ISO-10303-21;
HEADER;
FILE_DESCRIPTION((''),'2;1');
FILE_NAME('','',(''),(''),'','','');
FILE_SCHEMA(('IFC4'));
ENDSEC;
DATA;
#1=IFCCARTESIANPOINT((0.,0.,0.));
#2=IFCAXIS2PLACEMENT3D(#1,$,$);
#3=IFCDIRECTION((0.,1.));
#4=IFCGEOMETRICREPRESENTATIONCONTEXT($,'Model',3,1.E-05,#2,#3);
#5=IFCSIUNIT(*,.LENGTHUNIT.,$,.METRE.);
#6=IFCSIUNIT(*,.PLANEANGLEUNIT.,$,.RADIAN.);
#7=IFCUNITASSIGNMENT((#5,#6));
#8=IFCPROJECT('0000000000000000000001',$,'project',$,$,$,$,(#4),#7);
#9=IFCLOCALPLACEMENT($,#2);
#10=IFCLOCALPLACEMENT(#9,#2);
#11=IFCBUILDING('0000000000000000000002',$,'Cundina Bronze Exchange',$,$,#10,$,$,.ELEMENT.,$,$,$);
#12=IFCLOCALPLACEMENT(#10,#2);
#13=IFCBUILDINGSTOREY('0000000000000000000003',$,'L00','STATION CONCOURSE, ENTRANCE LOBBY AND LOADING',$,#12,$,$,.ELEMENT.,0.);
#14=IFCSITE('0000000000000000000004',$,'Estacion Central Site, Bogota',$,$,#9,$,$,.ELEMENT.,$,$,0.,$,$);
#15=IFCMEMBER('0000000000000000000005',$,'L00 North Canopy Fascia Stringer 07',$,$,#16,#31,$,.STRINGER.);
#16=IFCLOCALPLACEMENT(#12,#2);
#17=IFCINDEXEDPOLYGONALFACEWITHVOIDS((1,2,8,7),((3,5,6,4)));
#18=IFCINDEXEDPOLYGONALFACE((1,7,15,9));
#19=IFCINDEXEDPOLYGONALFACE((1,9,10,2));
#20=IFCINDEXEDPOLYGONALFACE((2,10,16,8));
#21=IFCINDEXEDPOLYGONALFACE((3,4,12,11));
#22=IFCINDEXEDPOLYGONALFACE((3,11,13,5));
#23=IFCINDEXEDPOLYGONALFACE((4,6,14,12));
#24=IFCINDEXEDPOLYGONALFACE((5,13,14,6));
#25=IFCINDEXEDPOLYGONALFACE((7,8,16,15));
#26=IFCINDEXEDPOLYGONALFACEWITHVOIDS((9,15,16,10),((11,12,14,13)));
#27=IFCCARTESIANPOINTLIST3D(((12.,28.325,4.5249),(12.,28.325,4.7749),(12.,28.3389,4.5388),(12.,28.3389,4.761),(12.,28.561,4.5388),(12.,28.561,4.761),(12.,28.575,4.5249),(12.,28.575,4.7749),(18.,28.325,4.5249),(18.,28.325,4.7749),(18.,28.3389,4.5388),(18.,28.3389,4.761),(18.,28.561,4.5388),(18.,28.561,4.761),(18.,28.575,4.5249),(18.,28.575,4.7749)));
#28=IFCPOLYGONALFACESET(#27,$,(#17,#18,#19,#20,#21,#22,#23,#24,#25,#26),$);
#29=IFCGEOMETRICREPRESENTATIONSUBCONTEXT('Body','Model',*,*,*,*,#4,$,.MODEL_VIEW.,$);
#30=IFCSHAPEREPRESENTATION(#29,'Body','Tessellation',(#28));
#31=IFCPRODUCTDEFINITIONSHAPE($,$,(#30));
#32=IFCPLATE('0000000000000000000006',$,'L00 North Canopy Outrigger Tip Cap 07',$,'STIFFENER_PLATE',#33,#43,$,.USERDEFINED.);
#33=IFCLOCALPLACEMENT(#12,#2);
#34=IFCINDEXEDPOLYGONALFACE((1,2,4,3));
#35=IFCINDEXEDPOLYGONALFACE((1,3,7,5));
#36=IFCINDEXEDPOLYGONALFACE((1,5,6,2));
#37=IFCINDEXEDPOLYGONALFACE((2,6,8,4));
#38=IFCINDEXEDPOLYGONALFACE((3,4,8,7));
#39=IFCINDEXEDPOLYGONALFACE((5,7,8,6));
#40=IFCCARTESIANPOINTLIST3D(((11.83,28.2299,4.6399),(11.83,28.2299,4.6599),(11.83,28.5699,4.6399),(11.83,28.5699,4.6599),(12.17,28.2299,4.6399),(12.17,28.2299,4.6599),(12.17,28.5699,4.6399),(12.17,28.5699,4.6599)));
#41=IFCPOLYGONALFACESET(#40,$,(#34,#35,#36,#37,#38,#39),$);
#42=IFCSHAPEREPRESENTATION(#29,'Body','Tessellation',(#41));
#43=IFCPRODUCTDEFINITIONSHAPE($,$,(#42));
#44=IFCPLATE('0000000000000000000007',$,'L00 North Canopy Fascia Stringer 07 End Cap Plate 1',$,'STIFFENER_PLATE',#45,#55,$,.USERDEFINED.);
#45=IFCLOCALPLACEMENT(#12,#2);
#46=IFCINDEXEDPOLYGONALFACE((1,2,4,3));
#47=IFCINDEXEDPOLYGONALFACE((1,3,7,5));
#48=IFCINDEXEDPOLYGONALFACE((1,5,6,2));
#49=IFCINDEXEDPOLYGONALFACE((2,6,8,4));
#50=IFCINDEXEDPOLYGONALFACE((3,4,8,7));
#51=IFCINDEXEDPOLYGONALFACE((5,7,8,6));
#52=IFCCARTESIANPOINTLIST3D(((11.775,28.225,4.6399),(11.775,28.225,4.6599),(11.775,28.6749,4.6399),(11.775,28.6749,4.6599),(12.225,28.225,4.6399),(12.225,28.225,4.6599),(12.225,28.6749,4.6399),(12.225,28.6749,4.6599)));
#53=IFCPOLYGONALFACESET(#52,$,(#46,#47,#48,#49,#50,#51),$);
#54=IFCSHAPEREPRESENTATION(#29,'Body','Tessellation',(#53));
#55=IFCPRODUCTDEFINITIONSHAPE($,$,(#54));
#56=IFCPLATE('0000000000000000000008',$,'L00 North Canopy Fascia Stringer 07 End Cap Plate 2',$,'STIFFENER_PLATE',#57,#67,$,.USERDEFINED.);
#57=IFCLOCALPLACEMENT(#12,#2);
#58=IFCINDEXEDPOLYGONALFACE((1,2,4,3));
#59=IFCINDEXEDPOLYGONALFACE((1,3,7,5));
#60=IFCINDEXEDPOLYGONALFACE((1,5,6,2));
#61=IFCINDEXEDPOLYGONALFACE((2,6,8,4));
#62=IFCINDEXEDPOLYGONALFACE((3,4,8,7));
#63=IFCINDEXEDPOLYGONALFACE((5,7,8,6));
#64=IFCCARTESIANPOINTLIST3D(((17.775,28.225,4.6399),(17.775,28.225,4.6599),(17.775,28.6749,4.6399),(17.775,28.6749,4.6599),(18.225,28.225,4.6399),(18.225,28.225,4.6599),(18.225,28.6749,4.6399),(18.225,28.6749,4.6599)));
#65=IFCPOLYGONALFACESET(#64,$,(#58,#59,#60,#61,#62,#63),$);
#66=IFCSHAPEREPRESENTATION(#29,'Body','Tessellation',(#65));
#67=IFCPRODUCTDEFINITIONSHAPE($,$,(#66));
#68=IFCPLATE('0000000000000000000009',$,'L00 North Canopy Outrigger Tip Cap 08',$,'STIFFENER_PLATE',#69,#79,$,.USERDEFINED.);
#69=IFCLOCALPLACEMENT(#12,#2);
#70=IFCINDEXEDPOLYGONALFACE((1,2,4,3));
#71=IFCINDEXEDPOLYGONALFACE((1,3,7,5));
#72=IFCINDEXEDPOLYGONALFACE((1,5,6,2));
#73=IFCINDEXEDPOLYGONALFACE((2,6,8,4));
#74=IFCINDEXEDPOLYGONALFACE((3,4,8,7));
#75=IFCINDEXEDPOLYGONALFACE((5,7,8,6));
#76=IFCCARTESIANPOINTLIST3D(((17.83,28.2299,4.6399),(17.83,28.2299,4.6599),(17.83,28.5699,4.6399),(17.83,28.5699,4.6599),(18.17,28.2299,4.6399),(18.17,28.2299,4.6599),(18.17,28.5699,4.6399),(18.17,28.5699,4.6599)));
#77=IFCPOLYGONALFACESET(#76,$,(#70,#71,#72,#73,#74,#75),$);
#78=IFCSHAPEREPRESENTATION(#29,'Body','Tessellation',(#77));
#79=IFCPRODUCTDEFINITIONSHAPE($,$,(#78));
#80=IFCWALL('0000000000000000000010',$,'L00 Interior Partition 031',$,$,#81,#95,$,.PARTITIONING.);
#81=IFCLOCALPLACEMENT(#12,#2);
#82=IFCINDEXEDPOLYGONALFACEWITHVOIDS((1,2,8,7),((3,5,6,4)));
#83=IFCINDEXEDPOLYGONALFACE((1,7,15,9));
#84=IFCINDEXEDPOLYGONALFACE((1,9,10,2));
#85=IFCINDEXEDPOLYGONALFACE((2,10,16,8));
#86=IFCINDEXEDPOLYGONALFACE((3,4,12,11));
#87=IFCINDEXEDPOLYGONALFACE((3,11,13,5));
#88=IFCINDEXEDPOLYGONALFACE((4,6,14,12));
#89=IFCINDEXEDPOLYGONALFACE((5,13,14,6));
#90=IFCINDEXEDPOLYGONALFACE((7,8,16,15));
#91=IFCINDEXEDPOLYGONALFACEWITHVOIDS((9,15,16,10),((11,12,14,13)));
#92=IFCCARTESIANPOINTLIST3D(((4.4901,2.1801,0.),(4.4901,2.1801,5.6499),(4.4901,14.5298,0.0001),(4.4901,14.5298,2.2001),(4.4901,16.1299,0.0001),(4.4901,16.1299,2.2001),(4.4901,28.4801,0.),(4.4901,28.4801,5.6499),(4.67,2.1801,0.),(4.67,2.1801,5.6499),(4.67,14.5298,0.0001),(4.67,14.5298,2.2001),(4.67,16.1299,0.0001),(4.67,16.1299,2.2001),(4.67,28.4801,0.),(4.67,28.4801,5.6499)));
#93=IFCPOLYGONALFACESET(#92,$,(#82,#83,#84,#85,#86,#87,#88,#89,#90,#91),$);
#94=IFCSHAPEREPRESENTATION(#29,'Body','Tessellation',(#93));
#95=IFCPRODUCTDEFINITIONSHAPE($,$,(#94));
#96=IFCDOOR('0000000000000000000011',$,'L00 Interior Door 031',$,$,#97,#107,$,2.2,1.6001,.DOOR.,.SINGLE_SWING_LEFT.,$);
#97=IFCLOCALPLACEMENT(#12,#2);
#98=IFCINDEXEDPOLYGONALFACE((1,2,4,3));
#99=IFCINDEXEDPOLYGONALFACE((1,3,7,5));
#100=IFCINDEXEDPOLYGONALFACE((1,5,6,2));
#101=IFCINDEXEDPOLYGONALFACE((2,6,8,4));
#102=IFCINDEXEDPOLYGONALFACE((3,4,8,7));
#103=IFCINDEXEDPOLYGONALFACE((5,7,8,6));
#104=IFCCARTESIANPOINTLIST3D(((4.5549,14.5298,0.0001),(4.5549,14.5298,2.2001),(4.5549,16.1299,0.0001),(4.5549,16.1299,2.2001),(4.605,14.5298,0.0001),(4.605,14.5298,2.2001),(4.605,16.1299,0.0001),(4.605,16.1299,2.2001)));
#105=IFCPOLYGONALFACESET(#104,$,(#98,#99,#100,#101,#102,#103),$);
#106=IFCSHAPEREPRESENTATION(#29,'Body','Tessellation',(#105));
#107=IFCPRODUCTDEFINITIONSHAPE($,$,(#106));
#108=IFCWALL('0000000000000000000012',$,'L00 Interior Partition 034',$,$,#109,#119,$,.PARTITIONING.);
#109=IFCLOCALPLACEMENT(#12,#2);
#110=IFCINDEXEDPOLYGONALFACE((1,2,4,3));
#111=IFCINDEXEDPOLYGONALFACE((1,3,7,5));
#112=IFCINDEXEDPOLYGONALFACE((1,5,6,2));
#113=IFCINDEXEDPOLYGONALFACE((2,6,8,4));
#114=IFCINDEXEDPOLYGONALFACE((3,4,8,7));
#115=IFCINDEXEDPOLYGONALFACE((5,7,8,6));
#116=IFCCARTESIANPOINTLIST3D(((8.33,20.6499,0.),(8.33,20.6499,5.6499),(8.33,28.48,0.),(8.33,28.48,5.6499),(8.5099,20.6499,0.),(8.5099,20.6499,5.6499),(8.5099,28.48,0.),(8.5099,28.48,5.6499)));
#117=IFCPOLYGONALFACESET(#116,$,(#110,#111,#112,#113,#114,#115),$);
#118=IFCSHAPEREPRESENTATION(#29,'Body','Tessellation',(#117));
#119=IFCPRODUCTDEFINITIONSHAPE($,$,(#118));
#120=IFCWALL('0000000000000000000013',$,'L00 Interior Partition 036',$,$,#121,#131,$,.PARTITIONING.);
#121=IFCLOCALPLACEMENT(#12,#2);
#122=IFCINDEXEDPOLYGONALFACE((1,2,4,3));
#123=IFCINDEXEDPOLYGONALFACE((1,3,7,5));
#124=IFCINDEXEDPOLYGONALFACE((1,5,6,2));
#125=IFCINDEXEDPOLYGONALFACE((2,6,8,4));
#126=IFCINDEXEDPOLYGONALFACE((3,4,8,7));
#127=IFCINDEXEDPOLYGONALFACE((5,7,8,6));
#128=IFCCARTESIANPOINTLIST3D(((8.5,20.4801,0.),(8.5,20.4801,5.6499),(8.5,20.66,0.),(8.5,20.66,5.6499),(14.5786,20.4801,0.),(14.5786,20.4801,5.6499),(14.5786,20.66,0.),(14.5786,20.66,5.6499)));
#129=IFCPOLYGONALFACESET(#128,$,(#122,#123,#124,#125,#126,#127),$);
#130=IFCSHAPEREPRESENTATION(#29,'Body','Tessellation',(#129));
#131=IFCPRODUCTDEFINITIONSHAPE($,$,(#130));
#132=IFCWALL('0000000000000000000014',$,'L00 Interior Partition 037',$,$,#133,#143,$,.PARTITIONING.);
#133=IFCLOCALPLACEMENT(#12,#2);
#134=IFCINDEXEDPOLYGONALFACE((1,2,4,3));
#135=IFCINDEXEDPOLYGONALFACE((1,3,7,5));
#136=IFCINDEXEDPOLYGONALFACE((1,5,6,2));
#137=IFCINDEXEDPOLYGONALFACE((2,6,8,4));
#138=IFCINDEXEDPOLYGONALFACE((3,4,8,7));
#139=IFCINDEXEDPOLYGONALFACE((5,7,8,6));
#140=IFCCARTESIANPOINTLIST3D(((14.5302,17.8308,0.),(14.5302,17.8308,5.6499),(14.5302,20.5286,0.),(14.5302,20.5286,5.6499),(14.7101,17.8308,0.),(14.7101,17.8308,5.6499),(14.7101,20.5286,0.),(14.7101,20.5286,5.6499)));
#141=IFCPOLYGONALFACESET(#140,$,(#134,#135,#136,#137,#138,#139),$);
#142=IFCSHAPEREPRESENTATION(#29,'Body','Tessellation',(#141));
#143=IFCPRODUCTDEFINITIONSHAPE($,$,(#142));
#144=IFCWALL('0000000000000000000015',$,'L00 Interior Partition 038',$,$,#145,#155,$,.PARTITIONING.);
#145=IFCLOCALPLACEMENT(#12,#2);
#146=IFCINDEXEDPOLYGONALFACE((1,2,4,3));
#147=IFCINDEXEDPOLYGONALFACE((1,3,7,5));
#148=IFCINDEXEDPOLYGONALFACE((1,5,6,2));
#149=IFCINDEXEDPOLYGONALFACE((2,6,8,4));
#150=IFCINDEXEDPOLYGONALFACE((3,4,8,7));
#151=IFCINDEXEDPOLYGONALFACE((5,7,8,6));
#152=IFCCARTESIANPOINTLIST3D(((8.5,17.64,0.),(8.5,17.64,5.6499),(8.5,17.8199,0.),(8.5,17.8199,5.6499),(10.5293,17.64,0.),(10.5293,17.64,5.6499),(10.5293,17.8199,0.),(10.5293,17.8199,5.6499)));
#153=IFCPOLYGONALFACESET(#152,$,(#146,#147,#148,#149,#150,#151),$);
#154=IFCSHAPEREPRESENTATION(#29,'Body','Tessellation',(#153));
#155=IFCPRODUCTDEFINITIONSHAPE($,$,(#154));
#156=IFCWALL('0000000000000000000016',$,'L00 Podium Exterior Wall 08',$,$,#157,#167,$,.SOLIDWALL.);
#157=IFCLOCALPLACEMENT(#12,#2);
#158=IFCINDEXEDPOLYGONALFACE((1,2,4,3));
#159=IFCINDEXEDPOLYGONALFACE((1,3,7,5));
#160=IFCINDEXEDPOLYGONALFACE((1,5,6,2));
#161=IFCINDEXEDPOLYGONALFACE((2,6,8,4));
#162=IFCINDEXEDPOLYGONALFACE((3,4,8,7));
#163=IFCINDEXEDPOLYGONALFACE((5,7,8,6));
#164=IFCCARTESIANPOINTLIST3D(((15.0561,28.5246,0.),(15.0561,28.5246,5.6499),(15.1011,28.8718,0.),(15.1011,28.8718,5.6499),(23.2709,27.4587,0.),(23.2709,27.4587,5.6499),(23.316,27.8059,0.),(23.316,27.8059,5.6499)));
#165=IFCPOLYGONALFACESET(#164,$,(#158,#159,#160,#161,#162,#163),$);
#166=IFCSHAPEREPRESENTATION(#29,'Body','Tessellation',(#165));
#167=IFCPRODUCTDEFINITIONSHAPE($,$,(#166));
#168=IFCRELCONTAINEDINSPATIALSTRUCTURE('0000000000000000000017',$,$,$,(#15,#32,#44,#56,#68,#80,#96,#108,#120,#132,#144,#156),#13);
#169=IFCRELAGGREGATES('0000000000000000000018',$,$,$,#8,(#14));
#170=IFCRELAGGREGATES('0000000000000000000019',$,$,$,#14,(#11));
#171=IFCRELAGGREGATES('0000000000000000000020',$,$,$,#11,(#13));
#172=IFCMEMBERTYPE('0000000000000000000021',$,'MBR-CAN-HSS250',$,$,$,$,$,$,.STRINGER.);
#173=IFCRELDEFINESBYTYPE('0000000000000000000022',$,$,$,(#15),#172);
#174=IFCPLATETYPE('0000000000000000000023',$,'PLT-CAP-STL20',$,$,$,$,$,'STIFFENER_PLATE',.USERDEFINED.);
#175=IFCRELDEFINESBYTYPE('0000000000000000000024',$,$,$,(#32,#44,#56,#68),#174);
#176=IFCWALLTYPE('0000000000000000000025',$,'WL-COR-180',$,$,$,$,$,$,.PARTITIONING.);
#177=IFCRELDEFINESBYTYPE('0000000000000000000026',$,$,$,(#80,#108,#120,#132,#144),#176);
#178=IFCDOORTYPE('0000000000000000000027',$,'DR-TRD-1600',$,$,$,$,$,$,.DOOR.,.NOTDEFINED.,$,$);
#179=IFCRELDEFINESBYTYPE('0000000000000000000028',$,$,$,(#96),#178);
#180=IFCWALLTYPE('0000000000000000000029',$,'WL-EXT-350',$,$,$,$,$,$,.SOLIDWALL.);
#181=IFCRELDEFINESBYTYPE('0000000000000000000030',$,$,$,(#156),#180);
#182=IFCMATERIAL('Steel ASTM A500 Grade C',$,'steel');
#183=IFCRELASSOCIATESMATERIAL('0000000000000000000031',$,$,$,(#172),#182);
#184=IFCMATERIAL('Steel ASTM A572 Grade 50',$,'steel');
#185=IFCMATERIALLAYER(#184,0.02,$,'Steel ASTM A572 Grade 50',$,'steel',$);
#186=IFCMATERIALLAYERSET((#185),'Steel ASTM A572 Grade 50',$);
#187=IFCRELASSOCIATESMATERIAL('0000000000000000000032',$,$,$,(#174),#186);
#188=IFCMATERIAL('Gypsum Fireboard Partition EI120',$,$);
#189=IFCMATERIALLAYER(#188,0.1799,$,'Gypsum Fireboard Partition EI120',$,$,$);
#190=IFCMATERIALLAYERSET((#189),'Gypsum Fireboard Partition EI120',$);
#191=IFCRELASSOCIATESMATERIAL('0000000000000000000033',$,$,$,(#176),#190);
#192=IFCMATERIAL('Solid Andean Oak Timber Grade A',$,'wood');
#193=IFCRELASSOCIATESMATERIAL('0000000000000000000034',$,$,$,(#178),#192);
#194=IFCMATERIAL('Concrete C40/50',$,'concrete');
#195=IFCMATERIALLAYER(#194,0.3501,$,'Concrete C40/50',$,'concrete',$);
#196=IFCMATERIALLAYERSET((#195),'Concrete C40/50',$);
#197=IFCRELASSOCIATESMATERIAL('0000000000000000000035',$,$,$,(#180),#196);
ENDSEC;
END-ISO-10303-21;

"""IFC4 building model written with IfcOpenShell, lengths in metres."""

from ifc_helpers import new_model, si_unit, direction, frame, frame_2d, origin, origin_2d, place, context, subcontext, project, spatial, rectangle, hollow_rectangle, extrude, material, layer, layer_set, material_profile, profile_set, type_object, element, fill, save


model = new_model("IFC4")

# Units and contexts
model_context = context("Model", 3, precision=1e-05, world=origin(), true_north=direction((0.0, 1.0)))
body_context = subcontext(model_context, "Body", "Model", "MODEL_VIEW")
ifc_project = project(units=[si_unit("LENGTHUNIT", "METRE"), si_unit("PLANEANGLEUNIT", "RADIAN")], contexts=[model_context])

# Site, building, storey
site_placement = place(None, origin())
site = spatial("IfcSite", under=ifc_project, at=site_placement, Name="Estacion Central Site, Bogota", CompositionType="ELEMENT", RefElevation=0.0)
building_placement = place(site_placement, origin())
building = spatial("IfcBuilding", under=site, at=building_placement, Name="Cundina Bronze Exchange", CompositionType="ELEMENT")
storey_placement = place(building_placement, origin())
storey = spatial("IfcBuildingStorey", under=building, at=storey_placement, Name="L00", Description="STATION CONCOURSE, ENTRANCE LOBBY AND LOADING", CompositionType="ELEMENT", Elevation=0.0)

# Shared definitions
ifc_material_1 = material(Name="Steel ASTM A500 Grade C", Category="steel")
ifc_material_2 = material(Name="Concrete C40/50", Category="concrete")

# Member
ifc_material_profile_1 = material_profile(ifc_material_1, hollow_rectangle(XDim=0.25, YDim=0.25, WallThickness=0.0139, at=origin_2d()), Name="HSS250X250X14", Category="steel")
ifc_profile_set_1 = profile_set([ifc_material_profile_1], Name="Steel ASTM A500 Grade C")
member_type = type_object("IfcMemberType", Name="MBR-CAN-HSS250", PredefinedType="STRINGER", material=ifc_profile_set_1)
member_placement = place(storey_placement, frame((12.0, 28.45, 4.6499), z_axis=(1.0, 0.0, 0.0), x_axis=(0.0, 1.0, 0.0)))
element("IfcMember", 1, at=member_placement, inside=storey, type_object=member_type, Name="L00 North Canopy Fascia Stringer 07", PredefinedType="STRINGER", context=body_context, shape_type="SweptSolid", body=[
    extrude(hollow_rectangle(XDim=0.25, YDim=0.25, WallThickness=0.0139, at=origin_2d()), origin(), (0.0, 0.0, 1.0), 6.0),
])

# Plates
ifc_material_3 = material(Name="Steel ASTM A572 Grade 50", Category="steel")
ifc_layer_1 = layer(ifc_material_3, 0.02, Name="Steel ASTM A572 Grade 50", Category="steel")
ifc_layer_set_1 = layer_set([ifc_layer_1], Name="Steel ASTM A572 Grade 50")
plate_type = type_object("IfcPlateType", Name="PLT-CAP-STL20", ElementType="STIFFENER_PLATE", PredefinedType="USERDEFINED", material=ifc_layer_set_1)
plate_1_placement = place(storey_placement, frame((12.0, 28.3999, 4.6399), z_axis=(0.0, 0.0, 1.0), x_axis=(1.0, 0.0, 0.0)))
element("IfcPlate", 2, at=plate_1_placement, inside=storey, type_object=plate_type, Name="L00 North Canopy Outrigger Tip Cap 07", ObjectType="STIFFENER_PLATE", PredefinedType="USERDEFINED", context=body_context, shape_type="SweptSolid", body=[
    extrude(rectangle(XDim=0.3401, YDim=0.3401, at=origin_2d()), origin(), (0.0, 0.0, 1.0), 0.02),
])
for number, where, z_axis, x_axis, name in (
    (3, (12.0, 28.45, 4.6399), (0.0, 0.0, 1.0), (1.0, 0.0, 0.0), "L00 North Canopy Fascia Stringer 07 End Cap Plate 1"),
    (4, (18.0, 28.45, 4.6399), (0.0, 0.0, 1.0), (1.0, 0.0, 0.0), "L00 North Canopy Fascia Stringer 07 End Cap Plate 2"),
):
    element("IfcPlate", number, at=place(storey_placement, frame(where, z_axis=z_axis, x_axis=x_axis)), inside=storey, type_object=plate_type, Name=name, ObjectType="STIFFENER_PLATE", PredefinedType="USERDEFINED", context=body_context, shape_type="SweptSolid", body=[
        extrude(rectangle(XDim=0.45, YDim=0.45, at=origin_2d()), origin(), (0.0, 0.0, 1.0), 0.02),
    ])
plate_2_placement = place(storey_placement, frame((18.0, 28.3999, 4.6399), z_axis=(0.0, 0.0, 1.0), x_axis=(1.0, 0.0, 0.0)))
element("IfcPlate", 5, at=plate_2_placement, inside=storey, type_object=plate_type, Name="L00 North Canopy Outrigger Tip Cap 08", ObjectType="STIFFENER_PLATE", PredefinedType="USERDEFINED", context=body_context, shape_type="SweptSolid", body=[
    extrude(rectangle(XDim=0.3401, YDim=0.3401, at=origin_2d()), origin(), (0.0, 0.0, 1.0), 0.02),
])

# Wall, opening, door
ifc_material_4 = material(Name="Gypsum Fireboard Partition EI120")
ifc_layer_2 = layer(ifc_material_4, 0.1799, Name="Gypsum Fireboard Partition EI120")
ifc_layer_set_2 = layer_set([ifc_layer_2], Name="Gypsum Fireboard Partition EI120")
wall_type_1 = type_object("IfcWallType", Name="WL-COR-180", PredefinedType="PARTITIONING", material=ifc_layer_set_2)
wall_1_placement = place(storey_placement, frame((4.5801, 28.48, 0.0), z_axis=(0.0, 0.0, 1.0), x_axis=(0.0, -1.0, 0.0)))
wall_1 = element("IfcWall", 6, at=wall_1_placement, inside=storey, type_object=wall_type_1, Name="L00 Interior Partition 031", PredefinedType="PARTITIONING", context=body_context, shape_type="SweptSolid", body=[
    extrude(rectangle(XDim=26.3, YDim=0.1799, at=frame_2d((13.1499, 0.0))), origin(), (0.0, 0.0, 1.0), 5.6499),
])
opening_1_placement = place(wall_1_placement, frame((12.3501, 0.0, 0.0)))
opening_1 = element("IfcOpeningElement", 7, at=opening_1_placement, cuts=wall_1, PredefinedType="OPENING", context=body_context, shape_type="SweptSolid", body=[
    extrude(rectangle(XDim=1.6001, YDim=2.2, at=frame_2d((0.8, 1.1001))), frame((0.0, 0.0999, 0.0), z_axis=(0.0, -1.0, 0.0), x_axis=(1.0, 0.0, 0.0)), (0.0, 0.0, 1.0), 0.2),
])
ifc_material_5 = material(Name="Solid Andean Oak Timber Grade A", Category="wood")
door_type_1 = type_object("IfcDoorType", Name="DR-TRD-1600", OperationType="NOTDEFINED", PredefinedType="DOOR", material=ifc_material_5)
door_1_placement = place(opening_1_placement, origin())
door_1 = element("IfcDoor", 8, at=door_1_placement, inside=storey, type_object=door_type_1, Name="L00 Interior Door 031", OperationType="SINGLE_SWING_LEFT", OverallHeight=2.2, OverallWidth=1.6001, PredefinedType="DOOR", context=body_context, shape_type="SweptSolid", body=[
    extrude(rectangle(XDim=1.6001, YDim=2.2, at=frame_2d((0.8, 1.1001))), frame((0.0, 0.0249, 0.0), z_axis=(0.0, -1.0, 0.0), x_axis=(1.0, 0.0, 0.0)), (0.0, 0.0, 1.0), 0.05),
])
fill(opening_1, door_1)

# Walls
wall_2_placement = place(storey_placement, frame((8.4199, 20.6499, 0.0), z_axis=(0.0, 0.0, 1.0), x_axis=(0.0, 1.0, 0.0)))
element("IfcWall", 9, at=wall_2_placement, inside=storey, type_object=wall_type_1, Name="L00 Interior Partition 034", PredefinedType="PARTITIONING", context=body_context, shape_type="SweptSolid", body=[
    extrude(rectangle(XDim=7.8301, YDim=0.1799, at=frame_2d((3.915, 0.0))), origin(), (0.0, 0.0, 1.0), 5.6499),
])
wall_3_placement = place(storey_placement, frame((14.5786, 20.5701, 0.0), z_axis=(0.0, 0.0, 1.0), x_axis=(-1.0, 0.0, 0.0)))
element("IfcWall", 10, at=wall_3_placement, inside=storey, type_object=wall_type_1, Name="L00 Interior Partition 036", PredefinedType="PARTITIONING", context=body_context, shape_type="SweptSolid", body=[
    extrude(rectangle(XDim=6.0786, YDim=0.1799, at=frame_2d((3.0393, 0.0))), origin(), (0.0, 0.0, 1.0), 5.6499),
])
wall_4_placement = place(storey_placement, frame((14.6201, 17.8308, 0.0), z_axis=(0.0, 0.0, 1.0), x_axis=(0.0, 1.0, 0.0)))
element("IfcWall", 11, at=wall_4_placement, inside=storey, type_object=wall_type_1, Name="L00 Interior Partition 037", PredefinedType="PARTITIONING", context=body_context, shape_type="SweptSolid", body=[
    extrude(rectangle(XDim=2.6978, YDim=0.1799, at=frame_2d((1.3489, 0.0))), origin(), (0.0, 0.0, 1.0), 5.6499),
])
wall_5_placement = place(storey_placement, frame((8.5, 17.73, 0.0), z_axis=(0.0, 0.0, 1.0), x_axis=(1.0, 0.0, 0.0)))
element("IfcWall", 12, at=wall_5_placement, inside=storey, type_object=wall_type_1, Name="L00 Interior Partition 038", PredefinedType="PARTITIONING", context=body_context, shape_type="SweptSolid", body=[
    extrude(rectangle(XDim=2.0293, YDim=0.1799, at=frame_2d((1.0146, 0.0))), origin(), (0.0, 0.0, 1.0), 5.6499),
])
ifc_layer_3 = layer(ifc_material_2, 0.3501, Name="Concrete C40/50", Category="concrete")
ifc_layer_set_3 = layer_set([ifc_layer_3], Name="Concrete C40/50")
wall_type_2 = type_object("IfcWallType", Name="WL-EXT-350", PredefinedType="SOLIDWALL", material=ifc_layer_set_3)
wall_6_placement = place(storey_placement, frame((15.0786, 28.6982, 0.0), z_axis=(0.0, 0.0, 1.0), x_axis=(0.991687, -0.128676, 0.0)))
element("IfcWall", 13, at=wall_6_placement, inside=storey, type_object=wall_type_2, Name="L00 Podium Exterior Wall 08", PredefinedType="SOLIDWALL", context=body_context, shape_type="SweptSolid", body=[
    extrude(rectangle(XDim=8.2837, YDim=0.3501, at=frame_2d((4.1418, 0.0))), origin(), (0.0, 0.0, 1.0), 5.6499),
])

save(model, "model.ifc")
